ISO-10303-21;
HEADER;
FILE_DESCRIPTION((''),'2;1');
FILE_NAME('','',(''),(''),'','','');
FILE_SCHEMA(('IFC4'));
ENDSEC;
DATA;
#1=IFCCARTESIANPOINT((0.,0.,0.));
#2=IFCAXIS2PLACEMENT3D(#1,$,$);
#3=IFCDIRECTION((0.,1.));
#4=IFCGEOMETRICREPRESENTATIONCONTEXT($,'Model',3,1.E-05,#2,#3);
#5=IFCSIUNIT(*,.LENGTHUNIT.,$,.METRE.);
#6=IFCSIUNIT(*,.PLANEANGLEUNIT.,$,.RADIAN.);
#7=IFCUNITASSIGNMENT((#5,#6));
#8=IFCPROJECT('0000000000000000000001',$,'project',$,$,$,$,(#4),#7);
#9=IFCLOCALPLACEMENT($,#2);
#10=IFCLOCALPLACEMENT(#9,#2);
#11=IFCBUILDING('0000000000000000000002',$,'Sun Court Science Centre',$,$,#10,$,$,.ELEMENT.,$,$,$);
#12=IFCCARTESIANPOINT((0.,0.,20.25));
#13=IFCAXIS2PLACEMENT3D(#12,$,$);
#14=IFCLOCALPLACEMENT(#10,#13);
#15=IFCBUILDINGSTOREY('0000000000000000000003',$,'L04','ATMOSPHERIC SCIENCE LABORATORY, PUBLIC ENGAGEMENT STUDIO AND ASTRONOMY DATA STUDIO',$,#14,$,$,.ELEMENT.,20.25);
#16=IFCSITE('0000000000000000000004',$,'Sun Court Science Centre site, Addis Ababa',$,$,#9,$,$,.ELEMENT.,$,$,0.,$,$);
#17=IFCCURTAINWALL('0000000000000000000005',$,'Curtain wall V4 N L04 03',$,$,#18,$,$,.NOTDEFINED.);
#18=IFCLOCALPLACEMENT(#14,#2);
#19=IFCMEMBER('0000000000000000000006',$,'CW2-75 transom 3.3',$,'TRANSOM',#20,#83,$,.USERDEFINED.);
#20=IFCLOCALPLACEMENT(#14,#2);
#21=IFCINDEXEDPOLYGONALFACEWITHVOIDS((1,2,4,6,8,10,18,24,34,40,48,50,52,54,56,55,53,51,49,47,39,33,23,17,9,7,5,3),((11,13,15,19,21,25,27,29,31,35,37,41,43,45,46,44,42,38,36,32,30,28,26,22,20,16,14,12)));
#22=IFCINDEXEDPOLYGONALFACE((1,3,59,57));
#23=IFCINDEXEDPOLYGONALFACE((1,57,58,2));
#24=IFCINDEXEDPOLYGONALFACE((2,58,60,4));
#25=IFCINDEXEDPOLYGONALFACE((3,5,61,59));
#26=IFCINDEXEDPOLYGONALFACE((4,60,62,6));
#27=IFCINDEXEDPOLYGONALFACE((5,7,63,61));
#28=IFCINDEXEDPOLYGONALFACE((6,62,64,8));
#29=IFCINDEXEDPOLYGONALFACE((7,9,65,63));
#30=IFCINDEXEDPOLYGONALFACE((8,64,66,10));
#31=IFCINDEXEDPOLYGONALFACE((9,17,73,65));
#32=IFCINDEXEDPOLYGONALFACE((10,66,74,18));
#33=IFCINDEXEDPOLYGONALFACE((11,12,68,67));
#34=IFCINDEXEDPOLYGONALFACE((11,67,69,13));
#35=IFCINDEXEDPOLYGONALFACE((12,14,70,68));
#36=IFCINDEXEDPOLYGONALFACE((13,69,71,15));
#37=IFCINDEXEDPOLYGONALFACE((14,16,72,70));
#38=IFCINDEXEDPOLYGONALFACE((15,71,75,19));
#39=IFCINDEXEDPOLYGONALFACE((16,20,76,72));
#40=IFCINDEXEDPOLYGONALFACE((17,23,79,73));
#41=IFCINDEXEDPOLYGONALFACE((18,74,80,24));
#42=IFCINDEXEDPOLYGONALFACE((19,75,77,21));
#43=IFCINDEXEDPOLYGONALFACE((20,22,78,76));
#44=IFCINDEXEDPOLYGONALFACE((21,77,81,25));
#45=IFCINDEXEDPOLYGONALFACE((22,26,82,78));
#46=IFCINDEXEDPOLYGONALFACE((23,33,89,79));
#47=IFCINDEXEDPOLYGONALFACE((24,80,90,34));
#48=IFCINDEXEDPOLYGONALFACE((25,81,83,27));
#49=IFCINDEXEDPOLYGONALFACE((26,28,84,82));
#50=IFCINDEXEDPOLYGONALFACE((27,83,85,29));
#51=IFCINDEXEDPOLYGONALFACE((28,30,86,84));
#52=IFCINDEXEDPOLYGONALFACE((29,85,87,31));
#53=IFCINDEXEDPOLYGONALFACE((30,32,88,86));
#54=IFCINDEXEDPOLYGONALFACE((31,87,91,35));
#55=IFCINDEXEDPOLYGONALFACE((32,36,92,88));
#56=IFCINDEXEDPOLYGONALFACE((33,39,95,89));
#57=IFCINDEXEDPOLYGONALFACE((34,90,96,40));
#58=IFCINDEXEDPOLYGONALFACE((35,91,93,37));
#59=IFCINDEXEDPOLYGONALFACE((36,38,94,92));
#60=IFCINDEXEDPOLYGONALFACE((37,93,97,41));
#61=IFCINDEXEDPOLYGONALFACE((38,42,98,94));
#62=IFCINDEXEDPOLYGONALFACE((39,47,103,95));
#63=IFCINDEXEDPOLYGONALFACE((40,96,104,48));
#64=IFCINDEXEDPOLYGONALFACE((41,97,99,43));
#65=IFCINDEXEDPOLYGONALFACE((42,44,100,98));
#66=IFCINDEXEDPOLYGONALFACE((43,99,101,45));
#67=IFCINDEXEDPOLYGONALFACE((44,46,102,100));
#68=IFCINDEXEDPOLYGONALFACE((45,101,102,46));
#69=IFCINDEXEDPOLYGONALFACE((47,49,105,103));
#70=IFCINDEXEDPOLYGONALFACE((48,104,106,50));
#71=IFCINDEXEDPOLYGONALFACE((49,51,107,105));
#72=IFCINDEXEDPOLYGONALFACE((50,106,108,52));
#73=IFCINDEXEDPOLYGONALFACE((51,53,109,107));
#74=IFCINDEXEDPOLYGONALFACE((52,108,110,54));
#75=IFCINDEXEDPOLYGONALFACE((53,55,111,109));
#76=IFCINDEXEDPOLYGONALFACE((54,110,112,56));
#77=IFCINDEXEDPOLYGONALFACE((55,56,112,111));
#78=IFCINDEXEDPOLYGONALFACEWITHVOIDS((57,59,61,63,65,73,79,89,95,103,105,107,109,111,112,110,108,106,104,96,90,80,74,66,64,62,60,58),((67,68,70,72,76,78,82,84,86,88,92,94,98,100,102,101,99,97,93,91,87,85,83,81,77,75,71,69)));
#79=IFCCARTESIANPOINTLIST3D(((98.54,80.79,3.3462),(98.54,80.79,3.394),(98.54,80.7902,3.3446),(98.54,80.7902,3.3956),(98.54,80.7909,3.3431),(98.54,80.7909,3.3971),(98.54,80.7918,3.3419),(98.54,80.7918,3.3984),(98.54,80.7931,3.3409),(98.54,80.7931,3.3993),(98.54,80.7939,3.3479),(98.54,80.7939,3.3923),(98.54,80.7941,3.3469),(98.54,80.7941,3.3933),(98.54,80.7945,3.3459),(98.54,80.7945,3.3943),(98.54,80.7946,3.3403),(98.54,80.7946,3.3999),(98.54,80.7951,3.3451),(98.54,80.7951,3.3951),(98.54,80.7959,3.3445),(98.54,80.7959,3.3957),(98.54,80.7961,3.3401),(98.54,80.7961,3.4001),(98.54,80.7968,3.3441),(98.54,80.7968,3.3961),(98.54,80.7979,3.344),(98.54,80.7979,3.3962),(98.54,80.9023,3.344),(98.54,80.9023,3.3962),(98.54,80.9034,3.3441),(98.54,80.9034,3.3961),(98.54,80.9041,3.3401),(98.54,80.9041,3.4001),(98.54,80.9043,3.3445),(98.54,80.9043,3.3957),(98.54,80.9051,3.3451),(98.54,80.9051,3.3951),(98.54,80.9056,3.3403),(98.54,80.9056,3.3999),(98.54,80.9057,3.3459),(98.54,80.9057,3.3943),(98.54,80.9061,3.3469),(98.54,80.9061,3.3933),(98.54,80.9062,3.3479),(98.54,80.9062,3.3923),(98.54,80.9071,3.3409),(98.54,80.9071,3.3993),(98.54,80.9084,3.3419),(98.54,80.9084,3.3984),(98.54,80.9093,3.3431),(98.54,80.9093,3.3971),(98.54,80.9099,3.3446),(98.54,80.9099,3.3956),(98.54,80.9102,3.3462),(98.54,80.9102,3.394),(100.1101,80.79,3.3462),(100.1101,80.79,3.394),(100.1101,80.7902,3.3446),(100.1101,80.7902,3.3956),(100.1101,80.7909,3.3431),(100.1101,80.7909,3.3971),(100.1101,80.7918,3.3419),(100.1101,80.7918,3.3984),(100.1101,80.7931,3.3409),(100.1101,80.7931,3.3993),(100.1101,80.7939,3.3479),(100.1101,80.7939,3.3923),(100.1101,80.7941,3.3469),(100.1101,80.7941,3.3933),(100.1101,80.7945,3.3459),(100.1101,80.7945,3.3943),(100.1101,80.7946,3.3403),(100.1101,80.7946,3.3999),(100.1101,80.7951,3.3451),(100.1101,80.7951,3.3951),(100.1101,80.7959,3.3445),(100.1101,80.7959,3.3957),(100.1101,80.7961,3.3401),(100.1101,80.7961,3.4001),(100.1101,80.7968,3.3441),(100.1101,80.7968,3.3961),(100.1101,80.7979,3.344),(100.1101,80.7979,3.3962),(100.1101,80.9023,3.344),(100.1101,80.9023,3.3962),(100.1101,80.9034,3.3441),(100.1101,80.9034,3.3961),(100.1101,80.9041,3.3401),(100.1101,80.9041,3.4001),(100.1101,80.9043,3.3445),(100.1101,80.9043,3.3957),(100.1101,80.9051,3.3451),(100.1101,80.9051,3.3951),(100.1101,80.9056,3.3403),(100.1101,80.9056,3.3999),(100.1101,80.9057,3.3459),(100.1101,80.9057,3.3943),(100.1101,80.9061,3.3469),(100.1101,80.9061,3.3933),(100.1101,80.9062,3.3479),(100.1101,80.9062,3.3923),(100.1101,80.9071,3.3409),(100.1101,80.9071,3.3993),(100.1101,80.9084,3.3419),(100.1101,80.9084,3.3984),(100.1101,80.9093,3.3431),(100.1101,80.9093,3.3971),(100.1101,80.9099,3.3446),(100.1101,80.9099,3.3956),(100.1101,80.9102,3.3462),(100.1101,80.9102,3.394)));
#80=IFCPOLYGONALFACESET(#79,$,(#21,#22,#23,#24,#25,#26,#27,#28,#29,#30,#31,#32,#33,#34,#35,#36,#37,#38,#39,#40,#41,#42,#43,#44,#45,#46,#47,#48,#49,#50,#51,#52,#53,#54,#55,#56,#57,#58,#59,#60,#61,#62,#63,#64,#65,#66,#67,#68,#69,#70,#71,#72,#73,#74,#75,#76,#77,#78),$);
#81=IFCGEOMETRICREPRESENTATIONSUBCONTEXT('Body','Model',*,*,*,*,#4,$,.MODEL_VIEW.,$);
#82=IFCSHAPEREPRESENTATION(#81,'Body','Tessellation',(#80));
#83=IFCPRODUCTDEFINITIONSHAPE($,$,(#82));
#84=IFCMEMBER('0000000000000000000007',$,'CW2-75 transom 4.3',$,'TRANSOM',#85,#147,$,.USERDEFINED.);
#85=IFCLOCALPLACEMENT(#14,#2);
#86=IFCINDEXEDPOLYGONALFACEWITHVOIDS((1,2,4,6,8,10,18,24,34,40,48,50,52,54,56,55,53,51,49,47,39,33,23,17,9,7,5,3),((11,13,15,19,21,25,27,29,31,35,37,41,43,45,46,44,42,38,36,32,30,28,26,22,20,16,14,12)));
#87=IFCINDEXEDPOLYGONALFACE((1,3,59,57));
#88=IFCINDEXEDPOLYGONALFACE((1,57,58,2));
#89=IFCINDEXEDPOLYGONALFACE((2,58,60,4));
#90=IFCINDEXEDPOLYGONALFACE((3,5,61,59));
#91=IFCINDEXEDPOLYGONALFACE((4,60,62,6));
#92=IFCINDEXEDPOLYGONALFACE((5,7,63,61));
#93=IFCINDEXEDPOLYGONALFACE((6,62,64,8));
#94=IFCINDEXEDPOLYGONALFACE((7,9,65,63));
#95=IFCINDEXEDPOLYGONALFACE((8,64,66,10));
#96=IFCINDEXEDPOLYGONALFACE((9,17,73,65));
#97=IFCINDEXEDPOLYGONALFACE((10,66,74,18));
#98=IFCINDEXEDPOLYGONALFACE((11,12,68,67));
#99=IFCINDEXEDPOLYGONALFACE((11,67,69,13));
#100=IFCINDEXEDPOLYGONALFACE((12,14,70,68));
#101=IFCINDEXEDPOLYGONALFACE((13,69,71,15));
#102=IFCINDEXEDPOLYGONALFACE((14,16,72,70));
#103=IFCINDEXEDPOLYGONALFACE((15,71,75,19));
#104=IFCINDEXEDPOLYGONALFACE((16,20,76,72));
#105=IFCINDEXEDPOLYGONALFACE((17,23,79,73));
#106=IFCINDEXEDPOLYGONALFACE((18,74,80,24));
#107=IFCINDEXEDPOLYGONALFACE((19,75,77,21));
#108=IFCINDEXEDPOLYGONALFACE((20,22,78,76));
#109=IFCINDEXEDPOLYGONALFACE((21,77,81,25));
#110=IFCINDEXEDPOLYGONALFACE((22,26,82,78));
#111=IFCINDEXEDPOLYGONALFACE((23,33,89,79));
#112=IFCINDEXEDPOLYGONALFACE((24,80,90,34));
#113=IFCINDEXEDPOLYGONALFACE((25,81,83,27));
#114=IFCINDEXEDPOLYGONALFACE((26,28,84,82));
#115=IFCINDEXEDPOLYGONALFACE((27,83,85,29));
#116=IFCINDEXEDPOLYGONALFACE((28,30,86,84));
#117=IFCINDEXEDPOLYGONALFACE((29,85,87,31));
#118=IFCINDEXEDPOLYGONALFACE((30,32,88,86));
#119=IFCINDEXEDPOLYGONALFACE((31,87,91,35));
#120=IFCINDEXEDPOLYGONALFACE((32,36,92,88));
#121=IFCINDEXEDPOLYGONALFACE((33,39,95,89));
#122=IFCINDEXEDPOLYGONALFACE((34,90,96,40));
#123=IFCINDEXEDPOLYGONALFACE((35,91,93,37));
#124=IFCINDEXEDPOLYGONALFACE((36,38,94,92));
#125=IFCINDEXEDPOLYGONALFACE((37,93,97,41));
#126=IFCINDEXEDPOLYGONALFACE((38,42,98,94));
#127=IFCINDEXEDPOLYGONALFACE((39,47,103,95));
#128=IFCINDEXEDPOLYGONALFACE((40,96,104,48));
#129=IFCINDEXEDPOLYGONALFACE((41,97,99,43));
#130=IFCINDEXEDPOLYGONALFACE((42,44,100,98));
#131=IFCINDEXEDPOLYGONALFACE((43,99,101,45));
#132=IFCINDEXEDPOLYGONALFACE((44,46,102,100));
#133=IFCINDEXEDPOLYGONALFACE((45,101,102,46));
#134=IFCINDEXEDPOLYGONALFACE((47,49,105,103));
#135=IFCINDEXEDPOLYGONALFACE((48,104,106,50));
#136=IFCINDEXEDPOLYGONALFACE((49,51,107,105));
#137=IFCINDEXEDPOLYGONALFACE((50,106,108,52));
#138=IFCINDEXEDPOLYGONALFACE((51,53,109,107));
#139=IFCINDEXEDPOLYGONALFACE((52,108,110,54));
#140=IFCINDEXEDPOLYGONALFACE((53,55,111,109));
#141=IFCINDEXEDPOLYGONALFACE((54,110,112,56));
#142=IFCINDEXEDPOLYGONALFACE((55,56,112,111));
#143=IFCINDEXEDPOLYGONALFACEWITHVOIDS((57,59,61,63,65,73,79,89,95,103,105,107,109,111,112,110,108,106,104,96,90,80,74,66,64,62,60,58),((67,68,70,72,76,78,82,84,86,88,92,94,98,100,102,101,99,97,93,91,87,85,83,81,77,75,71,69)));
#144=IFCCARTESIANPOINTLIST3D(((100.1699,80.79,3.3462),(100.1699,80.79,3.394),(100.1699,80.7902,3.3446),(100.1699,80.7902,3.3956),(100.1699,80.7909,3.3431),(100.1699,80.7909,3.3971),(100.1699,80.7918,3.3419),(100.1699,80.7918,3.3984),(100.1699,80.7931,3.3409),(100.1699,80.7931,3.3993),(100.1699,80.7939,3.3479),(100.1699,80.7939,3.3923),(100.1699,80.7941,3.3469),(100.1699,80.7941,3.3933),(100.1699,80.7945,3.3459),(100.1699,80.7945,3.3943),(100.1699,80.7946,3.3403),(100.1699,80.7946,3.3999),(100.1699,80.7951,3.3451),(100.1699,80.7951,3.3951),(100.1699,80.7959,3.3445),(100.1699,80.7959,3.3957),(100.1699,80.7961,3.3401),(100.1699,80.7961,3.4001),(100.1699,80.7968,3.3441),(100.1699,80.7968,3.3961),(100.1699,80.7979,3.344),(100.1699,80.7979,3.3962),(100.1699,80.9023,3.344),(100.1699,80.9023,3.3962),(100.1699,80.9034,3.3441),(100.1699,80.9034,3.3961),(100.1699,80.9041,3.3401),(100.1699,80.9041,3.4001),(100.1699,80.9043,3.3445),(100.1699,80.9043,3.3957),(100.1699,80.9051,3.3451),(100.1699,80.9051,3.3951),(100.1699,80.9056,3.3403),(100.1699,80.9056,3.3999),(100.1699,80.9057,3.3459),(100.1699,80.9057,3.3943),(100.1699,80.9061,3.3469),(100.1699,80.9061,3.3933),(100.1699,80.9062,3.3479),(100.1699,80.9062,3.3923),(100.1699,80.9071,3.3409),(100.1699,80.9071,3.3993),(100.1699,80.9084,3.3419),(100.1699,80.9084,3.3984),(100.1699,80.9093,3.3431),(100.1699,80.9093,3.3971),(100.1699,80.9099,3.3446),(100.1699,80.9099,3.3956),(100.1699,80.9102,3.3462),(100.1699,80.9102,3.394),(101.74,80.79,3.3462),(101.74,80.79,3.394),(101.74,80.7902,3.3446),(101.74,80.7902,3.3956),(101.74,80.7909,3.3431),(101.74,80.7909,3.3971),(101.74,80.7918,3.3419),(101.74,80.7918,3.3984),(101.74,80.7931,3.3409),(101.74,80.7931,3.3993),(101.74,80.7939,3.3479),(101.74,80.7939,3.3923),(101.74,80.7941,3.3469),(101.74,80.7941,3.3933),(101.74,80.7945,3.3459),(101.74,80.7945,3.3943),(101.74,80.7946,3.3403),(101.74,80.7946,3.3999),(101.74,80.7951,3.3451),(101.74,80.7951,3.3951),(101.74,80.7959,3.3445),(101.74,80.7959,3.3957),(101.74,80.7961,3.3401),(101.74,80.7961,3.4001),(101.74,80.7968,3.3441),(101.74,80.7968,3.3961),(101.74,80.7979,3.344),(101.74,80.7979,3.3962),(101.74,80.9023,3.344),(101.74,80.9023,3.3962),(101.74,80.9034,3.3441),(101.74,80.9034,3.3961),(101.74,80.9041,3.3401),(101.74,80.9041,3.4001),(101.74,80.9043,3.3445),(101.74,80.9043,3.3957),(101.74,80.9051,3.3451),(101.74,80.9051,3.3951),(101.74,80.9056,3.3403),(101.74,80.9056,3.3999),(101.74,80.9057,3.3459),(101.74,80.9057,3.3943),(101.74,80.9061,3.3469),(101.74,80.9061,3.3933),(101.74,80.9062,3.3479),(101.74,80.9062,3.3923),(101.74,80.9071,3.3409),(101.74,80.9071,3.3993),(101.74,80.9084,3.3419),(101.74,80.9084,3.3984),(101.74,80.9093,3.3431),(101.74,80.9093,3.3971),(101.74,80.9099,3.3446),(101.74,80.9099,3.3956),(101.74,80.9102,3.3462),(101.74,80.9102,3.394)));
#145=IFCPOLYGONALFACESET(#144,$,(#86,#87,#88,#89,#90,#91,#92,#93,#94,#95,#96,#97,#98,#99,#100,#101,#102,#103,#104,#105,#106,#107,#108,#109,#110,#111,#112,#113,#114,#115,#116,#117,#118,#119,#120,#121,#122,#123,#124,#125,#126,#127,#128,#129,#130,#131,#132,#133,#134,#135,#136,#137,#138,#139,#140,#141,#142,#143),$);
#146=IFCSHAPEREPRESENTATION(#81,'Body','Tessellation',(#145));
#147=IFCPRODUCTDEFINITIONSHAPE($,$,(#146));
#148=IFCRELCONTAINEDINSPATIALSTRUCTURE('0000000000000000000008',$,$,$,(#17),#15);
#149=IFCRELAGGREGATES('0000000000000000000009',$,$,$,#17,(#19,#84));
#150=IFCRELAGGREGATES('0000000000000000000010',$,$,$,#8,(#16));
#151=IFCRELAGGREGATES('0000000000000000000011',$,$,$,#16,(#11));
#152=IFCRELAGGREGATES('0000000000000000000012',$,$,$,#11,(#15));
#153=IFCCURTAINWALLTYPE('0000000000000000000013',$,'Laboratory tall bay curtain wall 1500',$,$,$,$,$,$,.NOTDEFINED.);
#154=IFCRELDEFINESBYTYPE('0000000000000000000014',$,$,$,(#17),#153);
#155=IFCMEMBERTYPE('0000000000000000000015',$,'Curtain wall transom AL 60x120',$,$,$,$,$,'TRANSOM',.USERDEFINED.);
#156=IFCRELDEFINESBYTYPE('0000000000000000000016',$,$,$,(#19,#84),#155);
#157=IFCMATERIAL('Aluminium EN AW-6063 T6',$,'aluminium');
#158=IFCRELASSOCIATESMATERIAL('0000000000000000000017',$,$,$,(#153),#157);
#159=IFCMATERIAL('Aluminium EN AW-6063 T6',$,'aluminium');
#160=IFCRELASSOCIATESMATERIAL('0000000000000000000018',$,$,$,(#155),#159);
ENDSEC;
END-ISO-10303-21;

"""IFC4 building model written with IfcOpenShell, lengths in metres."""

from ifc_helpers import new_model, si_unit, direction, frame, origin, origin_2d, place, context, subcontext, project, spatial, hollow_rectangle, extrude, material, material_profile, profile_set, type_object, element, aggregate, save


model = new_model("IFC4")

# Units and contexts
model_context = context("Model", 3, precision=1e-05, world=origin(), true_north=direction((0.0, 1.0)))
body_context = subcontext(model_context, "Body", "Model", "MODEL_VIEW")
ifc_project = project(units=[si_unit("LENGTHUNIT", "METRE"), si_unit("PLANEANGLEUNIT", "RADIAN")], contexts=[model_context])

# Site, building, storey
site_placement = place(None, origin())
site = spatial("IfcSite", under=ifc_project, at=site_placement, Name="Sun Court Science Centre site, Addis Ababa", CompositionType="ELEMENT", RefElevation=0.0)
building_placement = place(site_placement, origin())
building = spatial("IfcBuilding", under=site, at=building_placement, Name="Sun Court Science Centre", CompositionType="ELEMENT")
storey_placement = place(building_placement, frame((0.0, 0.0, 20.25)))
storey = spatial("IfcBuildingStorey", under=building, at=storey_placement, Name="L04", Description="ATMOSPHERIC SCIENCE LABORATORY, PUBLIC ENGAGEMENT STUDIO AND ASTRONOMY DATA STUDIO", CompositionType="ELEMENT", Elevation=20.25)

# Curtain wall, members
ifc_material_1 = material(Name="Aluminium EN AW-6063 T6", Category="aluminium")
curtain_wall_type = type_object("IfcCurtainWallType", Name="Laboratory tall bay curtain wall 1500", PredefinedType="NOTDEFINED", material=ifc_material_1)
curtain_wall_placement = place(storey_placement, origin())
curtain_wall = element("IfcCurtainWall", 1, at=curtain_wall_placement, inside=storey, type_object=curtain_wall_type, Name="Curtain wall V4 N L04 03", PredefinedType="NOTDEFINED")
ifc_material_2 = material(Name="Aluminium EN AW-6063 T6", Category="aluminium")
ifc_material_profile_1 = material_profile(ifc_material_2, hollow_rectangle(XDim=0.0601, YDim=0.1201, WallThickness=0.0039, InnerFilletRadius=0.0039, OuterFilletRadius=0.0061, at=origin_2d()), Name="AL 60x120x4")
ifc_profile_set_1 = profile_set([ifc_material_profile_1], Name="Aluminium EN AW-6063 T6")
member_type_1 = type_object("IfcMemberType", Name="Curtain wall transom AL 60x120", ElementType="TRANSOM", PredefinedType="USERDEFINED", material=ifc_profile_set_1)
member_1_placement = place(storey_placement, frame((98.54, 80.8501, 3.3701), z_axis=(1.0, 0.0, 0.0), x_axis=(0.0, 0.0, 1.0)))
member_1 = element("IfcMember", 2, at=member_1_placement, type_object=member_type_1, Name="CW2-75 transom 3.3", ObjectType="TRANSOM", PredefinedType="USERDEFINED", context=body_context, shape_type="SweptSolid", body=[
    extrude(hollow_rectangle(XDim=0.0601, YDim=0.1201, WallThickness=0.0039, InnerFilletRadius=0.0039, OuterFilletRadius=0.0061, at=origin_2d()), origin(), (0.0, 0.0, 1.0), 1.5701),
])
member_2_placement = place(storey_placement, frame((100.1699, 80.8501, 3.3701), z_axis=(1.0, 0.0, 0.0), x_axis=(0.0, 0.0, 1.0)))
member_2 = element("IfcMember", 3, at=member_2_placement, type_object=member_type_1, Name="CW2-75 transom 4.3", ObjectType="TRANSOM", PredefinedType="USERDEFINED", context=body_context, shape_type="SweptSolid", body=[
    extrude(hollow_rectangle(XDim=0.0601, YDim=0.1201, WallThickness=0.0039, InnerFilletRadius=0.0039, OuterFilletRadius=0.0061, at=origin_2d()), origin(), (0.0, 0.0, 1.0), 1.5701),
])

aggregate(curtain_wall, [member_1, member_2])

save(model, "model.ifc")
